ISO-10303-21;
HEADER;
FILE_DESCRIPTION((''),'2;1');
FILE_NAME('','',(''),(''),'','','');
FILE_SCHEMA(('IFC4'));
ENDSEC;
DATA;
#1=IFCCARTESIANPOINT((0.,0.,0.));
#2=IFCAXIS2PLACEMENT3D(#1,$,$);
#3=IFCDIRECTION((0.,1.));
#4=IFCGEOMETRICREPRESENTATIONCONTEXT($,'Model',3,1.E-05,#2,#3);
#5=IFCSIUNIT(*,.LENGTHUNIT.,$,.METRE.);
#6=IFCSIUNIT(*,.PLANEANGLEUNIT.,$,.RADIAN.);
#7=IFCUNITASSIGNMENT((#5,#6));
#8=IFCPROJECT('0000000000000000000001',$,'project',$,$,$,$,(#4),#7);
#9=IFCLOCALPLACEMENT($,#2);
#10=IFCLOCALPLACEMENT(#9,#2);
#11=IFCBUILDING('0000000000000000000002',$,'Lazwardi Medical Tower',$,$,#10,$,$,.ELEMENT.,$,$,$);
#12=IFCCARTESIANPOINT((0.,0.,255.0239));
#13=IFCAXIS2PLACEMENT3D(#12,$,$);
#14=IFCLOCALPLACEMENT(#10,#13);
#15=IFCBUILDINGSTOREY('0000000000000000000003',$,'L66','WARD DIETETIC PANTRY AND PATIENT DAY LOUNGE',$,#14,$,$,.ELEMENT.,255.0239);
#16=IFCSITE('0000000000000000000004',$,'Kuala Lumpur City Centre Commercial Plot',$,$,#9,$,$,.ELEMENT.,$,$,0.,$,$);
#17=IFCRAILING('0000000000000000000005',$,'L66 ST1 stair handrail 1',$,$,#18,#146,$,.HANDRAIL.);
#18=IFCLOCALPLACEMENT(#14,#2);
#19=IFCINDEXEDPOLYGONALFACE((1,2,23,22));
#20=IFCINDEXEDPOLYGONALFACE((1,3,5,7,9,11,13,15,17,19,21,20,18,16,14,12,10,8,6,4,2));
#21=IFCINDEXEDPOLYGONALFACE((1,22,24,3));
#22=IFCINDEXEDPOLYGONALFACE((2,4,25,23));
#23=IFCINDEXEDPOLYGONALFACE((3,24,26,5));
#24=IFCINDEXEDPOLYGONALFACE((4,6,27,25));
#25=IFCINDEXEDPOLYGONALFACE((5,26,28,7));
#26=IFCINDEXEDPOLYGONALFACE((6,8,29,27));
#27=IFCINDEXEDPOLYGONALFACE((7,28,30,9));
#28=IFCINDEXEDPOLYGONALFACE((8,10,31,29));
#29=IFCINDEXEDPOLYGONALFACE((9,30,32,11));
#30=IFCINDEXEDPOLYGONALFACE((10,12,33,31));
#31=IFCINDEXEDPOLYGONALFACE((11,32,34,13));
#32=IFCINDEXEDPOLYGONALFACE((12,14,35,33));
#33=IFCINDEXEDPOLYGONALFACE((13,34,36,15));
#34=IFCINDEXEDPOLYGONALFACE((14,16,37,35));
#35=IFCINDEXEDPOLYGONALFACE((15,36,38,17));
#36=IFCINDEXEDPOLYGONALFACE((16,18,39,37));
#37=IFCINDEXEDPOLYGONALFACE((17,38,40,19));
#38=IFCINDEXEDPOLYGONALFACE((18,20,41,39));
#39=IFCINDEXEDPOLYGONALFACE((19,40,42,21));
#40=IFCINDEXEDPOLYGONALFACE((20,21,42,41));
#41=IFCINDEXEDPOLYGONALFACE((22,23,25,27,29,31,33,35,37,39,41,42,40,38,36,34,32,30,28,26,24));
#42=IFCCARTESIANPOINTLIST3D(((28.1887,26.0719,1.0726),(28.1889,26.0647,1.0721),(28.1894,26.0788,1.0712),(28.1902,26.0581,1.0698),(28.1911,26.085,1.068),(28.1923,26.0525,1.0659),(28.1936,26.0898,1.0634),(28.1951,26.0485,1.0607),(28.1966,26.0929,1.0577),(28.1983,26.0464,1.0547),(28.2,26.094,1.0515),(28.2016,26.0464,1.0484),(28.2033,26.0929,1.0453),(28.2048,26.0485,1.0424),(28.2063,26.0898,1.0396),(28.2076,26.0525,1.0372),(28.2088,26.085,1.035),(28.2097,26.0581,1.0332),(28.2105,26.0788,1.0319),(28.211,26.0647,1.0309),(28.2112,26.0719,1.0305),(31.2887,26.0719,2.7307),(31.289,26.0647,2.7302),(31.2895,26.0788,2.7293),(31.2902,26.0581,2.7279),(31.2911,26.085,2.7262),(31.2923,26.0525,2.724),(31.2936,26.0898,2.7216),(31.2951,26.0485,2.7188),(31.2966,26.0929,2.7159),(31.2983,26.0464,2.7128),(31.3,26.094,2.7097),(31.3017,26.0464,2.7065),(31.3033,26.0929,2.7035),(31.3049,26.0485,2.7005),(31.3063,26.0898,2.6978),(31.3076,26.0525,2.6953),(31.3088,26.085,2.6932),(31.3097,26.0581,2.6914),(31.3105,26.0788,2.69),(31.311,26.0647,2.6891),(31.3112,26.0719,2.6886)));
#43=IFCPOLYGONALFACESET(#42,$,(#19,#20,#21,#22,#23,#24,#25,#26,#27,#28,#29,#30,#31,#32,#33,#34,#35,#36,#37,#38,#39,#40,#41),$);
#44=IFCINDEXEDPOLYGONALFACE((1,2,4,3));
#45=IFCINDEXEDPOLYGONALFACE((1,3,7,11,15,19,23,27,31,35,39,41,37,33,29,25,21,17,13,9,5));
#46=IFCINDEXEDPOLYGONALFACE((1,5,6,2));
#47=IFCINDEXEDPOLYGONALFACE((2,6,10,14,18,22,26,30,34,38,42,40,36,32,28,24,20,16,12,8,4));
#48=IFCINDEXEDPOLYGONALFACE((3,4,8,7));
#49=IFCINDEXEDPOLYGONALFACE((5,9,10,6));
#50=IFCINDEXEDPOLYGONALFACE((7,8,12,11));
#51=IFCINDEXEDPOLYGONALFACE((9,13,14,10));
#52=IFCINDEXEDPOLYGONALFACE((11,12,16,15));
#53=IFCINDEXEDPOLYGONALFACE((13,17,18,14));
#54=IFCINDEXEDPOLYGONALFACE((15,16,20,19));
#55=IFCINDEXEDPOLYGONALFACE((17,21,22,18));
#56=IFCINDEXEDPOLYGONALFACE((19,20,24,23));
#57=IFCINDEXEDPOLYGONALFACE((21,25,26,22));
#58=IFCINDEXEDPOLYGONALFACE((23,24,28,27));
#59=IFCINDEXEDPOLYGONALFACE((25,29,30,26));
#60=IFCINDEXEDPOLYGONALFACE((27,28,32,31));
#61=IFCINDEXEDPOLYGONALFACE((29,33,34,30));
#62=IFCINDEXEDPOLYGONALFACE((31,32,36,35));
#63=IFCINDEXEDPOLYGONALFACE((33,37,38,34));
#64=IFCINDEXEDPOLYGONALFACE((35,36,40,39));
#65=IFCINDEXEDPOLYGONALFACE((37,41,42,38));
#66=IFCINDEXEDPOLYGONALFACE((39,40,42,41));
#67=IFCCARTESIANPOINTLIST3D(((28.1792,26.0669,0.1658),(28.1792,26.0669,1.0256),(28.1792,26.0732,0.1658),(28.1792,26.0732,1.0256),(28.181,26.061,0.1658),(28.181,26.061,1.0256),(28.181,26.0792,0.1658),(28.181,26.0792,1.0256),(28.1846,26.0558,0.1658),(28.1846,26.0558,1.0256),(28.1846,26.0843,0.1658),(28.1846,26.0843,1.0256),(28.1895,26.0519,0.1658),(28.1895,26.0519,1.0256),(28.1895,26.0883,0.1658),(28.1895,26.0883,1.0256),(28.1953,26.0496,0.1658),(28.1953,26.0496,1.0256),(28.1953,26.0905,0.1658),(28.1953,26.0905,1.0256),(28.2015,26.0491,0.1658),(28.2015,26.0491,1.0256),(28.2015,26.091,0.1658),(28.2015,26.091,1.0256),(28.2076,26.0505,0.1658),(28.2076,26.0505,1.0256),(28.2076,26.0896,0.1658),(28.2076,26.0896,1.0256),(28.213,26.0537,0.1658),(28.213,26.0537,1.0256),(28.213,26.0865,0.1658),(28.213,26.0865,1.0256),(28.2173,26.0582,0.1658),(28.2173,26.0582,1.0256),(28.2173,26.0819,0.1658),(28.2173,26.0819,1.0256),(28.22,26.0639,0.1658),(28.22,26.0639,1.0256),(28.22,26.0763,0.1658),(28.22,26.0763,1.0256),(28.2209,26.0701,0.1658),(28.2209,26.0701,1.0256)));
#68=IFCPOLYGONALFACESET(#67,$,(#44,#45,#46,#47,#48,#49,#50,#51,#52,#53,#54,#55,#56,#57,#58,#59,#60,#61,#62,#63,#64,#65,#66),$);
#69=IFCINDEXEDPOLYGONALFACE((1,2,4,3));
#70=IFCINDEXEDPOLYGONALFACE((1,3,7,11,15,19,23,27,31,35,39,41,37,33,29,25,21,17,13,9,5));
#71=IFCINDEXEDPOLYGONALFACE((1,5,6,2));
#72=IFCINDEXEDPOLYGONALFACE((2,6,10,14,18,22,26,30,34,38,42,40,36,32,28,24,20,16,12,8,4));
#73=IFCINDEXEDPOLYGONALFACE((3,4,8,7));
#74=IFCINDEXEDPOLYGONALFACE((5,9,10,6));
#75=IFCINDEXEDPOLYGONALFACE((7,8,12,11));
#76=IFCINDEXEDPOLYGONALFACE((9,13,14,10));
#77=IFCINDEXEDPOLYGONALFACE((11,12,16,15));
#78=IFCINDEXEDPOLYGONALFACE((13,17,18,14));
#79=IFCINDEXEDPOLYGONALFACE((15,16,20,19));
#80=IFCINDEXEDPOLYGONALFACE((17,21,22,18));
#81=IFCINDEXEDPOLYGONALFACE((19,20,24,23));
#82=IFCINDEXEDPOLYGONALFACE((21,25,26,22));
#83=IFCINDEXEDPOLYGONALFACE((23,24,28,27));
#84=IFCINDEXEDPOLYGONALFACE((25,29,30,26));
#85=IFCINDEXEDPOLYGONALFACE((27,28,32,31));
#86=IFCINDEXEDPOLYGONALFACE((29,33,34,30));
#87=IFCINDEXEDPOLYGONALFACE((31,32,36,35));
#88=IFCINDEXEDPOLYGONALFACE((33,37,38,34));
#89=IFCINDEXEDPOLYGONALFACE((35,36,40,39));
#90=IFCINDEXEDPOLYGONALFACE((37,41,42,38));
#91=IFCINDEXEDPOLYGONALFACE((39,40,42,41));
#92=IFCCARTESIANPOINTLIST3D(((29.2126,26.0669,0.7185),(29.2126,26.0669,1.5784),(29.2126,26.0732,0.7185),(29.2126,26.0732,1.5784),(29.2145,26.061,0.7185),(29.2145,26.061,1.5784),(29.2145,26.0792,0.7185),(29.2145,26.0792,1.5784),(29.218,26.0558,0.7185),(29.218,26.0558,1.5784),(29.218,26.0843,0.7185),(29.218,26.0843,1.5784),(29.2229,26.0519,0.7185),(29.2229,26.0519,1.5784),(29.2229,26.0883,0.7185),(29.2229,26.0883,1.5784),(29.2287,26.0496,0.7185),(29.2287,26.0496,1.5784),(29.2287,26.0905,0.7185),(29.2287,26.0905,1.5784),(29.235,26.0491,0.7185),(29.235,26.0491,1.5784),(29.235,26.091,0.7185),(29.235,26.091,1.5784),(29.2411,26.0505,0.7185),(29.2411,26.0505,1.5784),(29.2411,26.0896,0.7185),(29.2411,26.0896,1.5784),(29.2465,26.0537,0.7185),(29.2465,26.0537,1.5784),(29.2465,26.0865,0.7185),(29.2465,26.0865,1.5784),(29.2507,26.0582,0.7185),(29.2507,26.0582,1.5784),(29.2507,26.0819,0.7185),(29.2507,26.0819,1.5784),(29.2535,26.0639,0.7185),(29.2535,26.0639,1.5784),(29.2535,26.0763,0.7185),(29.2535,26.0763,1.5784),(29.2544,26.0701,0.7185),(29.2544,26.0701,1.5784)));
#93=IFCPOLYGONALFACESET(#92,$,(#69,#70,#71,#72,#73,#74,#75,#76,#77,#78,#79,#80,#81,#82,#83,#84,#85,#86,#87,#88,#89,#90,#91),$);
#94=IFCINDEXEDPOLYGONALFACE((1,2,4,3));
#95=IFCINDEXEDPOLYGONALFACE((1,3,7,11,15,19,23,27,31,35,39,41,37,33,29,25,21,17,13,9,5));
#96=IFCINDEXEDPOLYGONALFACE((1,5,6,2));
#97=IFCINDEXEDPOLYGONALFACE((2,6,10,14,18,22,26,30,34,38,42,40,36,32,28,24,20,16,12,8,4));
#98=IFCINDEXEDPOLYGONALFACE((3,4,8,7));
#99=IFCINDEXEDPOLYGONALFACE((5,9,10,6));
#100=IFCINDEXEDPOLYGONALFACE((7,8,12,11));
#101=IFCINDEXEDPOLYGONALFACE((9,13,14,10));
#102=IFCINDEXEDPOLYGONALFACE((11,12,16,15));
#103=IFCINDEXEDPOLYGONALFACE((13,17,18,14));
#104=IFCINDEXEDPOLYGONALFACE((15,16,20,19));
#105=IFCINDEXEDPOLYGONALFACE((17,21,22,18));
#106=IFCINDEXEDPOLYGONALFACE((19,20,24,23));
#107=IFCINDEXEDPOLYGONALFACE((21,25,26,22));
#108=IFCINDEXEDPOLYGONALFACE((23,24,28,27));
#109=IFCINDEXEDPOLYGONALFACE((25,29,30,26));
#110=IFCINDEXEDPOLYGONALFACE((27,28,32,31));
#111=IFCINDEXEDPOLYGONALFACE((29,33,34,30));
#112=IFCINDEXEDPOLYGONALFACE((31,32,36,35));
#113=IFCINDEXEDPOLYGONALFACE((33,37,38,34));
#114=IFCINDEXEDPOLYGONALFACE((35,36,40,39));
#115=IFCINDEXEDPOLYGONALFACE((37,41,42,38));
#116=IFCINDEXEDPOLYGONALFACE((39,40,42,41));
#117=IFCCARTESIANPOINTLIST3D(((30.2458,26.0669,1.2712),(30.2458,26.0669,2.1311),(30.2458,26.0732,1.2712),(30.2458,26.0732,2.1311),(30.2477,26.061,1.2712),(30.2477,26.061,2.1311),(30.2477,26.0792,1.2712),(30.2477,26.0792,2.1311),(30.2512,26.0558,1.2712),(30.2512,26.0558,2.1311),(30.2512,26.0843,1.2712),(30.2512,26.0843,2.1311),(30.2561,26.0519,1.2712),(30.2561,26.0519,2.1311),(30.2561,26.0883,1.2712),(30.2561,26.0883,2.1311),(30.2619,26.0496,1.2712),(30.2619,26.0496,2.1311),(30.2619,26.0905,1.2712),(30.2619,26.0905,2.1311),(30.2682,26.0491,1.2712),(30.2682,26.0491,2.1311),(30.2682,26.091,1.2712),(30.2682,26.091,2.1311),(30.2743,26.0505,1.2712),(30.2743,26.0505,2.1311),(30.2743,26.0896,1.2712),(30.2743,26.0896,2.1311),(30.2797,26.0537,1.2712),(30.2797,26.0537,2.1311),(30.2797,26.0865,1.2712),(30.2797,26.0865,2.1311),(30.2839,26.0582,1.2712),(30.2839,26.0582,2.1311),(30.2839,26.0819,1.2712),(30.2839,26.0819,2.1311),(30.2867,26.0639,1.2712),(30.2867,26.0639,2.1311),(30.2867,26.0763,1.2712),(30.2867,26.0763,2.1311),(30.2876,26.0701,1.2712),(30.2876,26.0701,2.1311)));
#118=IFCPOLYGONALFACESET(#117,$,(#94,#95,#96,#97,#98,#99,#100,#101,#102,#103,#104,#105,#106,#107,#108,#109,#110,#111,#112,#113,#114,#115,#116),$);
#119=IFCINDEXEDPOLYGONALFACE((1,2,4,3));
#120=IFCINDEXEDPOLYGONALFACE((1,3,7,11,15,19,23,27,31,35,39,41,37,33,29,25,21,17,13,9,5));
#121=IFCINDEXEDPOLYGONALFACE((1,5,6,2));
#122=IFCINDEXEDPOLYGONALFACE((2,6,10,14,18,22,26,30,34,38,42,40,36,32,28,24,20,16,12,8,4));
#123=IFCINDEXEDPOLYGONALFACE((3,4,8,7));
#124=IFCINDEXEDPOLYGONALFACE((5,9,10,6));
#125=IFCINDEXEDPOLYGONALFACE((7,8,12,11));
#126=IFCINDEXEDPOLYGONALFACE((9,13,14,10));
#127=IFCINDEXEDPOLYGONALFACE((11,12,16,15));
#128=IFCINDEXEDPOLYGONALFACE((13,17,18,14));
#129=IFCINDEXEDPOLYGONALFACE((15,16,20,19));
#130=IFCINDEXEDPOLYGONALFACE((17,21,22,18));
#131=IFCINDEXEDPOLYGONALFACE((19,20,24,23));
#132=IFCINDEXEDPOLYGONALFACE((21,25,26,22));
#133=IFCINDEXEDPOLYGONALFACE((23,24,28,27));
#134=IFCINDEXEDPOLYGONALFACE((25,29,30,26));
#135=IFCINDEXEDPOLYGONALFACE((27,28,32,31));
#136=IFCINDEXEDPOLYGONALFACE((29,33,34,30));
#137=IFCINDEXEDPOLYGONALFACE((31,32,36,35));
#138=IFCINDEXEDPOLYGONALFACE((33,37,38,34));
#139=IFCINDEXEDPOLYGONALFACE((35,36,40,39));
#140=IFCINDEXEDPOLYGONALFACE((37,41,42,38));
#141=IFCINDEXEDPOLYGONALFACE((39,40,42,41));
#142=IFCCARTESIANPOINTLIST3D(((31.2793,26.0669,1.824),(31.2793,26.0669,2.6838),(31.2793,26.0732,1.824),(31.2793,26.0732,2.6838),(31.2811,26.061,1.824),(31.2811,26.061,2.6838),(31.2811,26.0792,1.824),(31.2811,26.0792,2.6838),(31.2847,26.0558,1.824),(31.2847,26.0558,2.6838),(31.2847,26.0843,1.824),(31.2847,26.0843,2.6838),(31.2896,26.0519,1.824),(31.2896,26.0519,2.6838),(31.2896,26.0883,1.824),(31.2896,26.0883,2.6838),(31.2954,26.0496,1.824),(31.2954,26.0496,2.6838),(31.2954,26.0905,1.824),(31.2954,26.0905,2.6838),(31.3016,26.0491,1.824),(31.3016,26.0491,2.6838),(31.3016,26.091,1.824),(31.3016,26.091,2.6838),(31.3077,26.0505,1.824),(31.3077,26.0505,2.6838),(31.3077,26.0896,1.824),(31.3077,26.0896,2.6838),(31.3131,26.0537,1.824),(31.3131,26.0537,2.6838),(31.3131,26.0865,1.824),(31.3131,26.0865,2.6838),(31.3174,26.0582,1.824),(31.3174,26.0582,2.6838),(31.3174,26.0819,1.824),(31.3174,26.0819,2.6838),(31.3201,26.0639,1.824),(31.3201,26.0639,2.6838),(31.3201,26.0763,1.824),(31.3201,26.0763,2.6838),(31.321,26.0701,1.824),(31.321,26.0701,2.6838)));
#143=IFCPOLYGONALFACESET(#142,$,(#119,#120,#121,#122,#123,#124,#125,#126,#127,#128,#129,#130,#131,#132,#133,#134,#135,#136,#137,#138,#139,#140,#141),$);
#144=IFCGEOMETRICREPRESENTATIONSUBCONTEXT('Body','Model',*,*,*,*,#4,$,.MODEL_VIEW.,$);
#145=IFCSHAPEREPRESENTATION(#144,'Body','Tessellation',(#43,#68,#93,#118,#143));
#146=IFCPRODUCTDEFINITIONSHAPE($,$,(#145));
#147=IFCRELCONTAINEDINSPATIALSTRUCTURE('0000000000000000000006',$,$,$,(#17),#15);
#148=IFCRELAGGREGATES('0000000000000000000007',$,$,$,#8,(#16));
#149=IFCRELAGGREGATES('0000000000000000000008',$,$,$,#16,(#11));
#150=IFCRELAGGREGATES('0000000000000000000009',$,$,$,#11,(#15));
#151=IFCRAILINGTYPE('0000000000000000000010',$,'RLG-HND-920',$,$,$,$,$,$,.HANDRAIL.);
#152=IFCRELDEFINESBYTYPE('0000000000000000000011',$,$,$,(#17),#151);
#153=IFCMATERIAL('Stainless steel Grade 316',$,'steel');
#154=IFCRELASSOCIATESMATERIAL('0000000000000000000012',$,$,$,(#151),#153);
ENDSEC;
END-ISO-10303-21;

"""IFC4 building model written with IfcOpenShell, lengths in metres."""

from ifc_helpers import new_model, si_unit, direction, frame, origin, origin_2d, place, context, subcontext, project, spatial, circle, extrude, material, type_object, element, save


model = new_model("IFC4")

# Units and contexts
model_context = context("Model", 3, precision=1e-05, world=origin(), true_north=direction((0.0, 1.0)))
body_context = subcontext(model_context, "Body", "Model", "MODEL_VIEW")
ifc_project = project(units=[si_unit("LENGTHUNIT", "METRE"), si_unit("PLANEANGLEUNIT", "RADIAN")], contexts=[model_context])

# Site, building, storey
site_placement = place(None, origin())
site = spatial("IfcSite", under=ifc_project, at=site_placement, Name="Kuala Lumpur City Centre Commercial Plot", CompositionType="ELEMENT", RefElevation=0.0)
building_placement = place(site_placement, origin())
building = spatial("IfcBuilding", under=site, at=building_placement, Name="Lazwardi Medical Tower", CompositionType="ELEMENT")
storey_placement = place(building_placement, frame((0.0, 0.0, 255.0239)))
storey = spatial("IfcBuildingStorey", under=building, at=storey_placement, Name="L66", Description="WARD DIETETIC PANTRY AND PATIENT DAY LOUNGE", CompositionType="ELEMENT", Elevation=255.0239)

# Railing
ifc_material_1 = material(Name="Stainless steel Grade 316", Category="steel")
railing_type_1 = type_object("IfcRailingType", Name="RLG-HND-920", PredefinedType="HANDRAIL", material=ifc_material_1)
railing_1_placement = place(storey_placement, frame((28.2, 26.0701, 0.1658)))
element("IfcRailing", 1, at=railing_1_placement, inside=storey, type_object=railing_type_1, Name="L66 ST1 stair handrail 1", PredefinedType="HANDRAIL", context=body_context, shape_type="SweptSolid", body=[
    extrude(circle(Radius=0.0239, at=origin_2d()), frame((0.0, 0.0, 0.8857), z_axis=(0.881783, 0.0, 0.471655), x_axis=(0.0, 1.0, 0.0)), (0.0, 0.0, 1.0), 3.5156),
    extrude(circle(Radius=0.021, at=origin_2d()), origin(), (0.0, 0.0, 1.0), 0.8599),
    extrude(circle(Radius=0.021, at=origin_2d()), frame((1.0334, 0.0, 0.5527)), (0.0, 0.0, 1.0), 0.8599),
    extrude(circle(Radius=0.021, at=origin_2d()), frame((2.0667, 0.0, 1.1055)), (0.0, 0.0, 1.0), 0.8599),
    extrude(circle(Radius=0.021, at=origin_2d()), frame((3.1001, 0.0, 1.6582)), (0.0, 0.0, 1.0), 0.8599),
])

save(model, "model.ifc")
